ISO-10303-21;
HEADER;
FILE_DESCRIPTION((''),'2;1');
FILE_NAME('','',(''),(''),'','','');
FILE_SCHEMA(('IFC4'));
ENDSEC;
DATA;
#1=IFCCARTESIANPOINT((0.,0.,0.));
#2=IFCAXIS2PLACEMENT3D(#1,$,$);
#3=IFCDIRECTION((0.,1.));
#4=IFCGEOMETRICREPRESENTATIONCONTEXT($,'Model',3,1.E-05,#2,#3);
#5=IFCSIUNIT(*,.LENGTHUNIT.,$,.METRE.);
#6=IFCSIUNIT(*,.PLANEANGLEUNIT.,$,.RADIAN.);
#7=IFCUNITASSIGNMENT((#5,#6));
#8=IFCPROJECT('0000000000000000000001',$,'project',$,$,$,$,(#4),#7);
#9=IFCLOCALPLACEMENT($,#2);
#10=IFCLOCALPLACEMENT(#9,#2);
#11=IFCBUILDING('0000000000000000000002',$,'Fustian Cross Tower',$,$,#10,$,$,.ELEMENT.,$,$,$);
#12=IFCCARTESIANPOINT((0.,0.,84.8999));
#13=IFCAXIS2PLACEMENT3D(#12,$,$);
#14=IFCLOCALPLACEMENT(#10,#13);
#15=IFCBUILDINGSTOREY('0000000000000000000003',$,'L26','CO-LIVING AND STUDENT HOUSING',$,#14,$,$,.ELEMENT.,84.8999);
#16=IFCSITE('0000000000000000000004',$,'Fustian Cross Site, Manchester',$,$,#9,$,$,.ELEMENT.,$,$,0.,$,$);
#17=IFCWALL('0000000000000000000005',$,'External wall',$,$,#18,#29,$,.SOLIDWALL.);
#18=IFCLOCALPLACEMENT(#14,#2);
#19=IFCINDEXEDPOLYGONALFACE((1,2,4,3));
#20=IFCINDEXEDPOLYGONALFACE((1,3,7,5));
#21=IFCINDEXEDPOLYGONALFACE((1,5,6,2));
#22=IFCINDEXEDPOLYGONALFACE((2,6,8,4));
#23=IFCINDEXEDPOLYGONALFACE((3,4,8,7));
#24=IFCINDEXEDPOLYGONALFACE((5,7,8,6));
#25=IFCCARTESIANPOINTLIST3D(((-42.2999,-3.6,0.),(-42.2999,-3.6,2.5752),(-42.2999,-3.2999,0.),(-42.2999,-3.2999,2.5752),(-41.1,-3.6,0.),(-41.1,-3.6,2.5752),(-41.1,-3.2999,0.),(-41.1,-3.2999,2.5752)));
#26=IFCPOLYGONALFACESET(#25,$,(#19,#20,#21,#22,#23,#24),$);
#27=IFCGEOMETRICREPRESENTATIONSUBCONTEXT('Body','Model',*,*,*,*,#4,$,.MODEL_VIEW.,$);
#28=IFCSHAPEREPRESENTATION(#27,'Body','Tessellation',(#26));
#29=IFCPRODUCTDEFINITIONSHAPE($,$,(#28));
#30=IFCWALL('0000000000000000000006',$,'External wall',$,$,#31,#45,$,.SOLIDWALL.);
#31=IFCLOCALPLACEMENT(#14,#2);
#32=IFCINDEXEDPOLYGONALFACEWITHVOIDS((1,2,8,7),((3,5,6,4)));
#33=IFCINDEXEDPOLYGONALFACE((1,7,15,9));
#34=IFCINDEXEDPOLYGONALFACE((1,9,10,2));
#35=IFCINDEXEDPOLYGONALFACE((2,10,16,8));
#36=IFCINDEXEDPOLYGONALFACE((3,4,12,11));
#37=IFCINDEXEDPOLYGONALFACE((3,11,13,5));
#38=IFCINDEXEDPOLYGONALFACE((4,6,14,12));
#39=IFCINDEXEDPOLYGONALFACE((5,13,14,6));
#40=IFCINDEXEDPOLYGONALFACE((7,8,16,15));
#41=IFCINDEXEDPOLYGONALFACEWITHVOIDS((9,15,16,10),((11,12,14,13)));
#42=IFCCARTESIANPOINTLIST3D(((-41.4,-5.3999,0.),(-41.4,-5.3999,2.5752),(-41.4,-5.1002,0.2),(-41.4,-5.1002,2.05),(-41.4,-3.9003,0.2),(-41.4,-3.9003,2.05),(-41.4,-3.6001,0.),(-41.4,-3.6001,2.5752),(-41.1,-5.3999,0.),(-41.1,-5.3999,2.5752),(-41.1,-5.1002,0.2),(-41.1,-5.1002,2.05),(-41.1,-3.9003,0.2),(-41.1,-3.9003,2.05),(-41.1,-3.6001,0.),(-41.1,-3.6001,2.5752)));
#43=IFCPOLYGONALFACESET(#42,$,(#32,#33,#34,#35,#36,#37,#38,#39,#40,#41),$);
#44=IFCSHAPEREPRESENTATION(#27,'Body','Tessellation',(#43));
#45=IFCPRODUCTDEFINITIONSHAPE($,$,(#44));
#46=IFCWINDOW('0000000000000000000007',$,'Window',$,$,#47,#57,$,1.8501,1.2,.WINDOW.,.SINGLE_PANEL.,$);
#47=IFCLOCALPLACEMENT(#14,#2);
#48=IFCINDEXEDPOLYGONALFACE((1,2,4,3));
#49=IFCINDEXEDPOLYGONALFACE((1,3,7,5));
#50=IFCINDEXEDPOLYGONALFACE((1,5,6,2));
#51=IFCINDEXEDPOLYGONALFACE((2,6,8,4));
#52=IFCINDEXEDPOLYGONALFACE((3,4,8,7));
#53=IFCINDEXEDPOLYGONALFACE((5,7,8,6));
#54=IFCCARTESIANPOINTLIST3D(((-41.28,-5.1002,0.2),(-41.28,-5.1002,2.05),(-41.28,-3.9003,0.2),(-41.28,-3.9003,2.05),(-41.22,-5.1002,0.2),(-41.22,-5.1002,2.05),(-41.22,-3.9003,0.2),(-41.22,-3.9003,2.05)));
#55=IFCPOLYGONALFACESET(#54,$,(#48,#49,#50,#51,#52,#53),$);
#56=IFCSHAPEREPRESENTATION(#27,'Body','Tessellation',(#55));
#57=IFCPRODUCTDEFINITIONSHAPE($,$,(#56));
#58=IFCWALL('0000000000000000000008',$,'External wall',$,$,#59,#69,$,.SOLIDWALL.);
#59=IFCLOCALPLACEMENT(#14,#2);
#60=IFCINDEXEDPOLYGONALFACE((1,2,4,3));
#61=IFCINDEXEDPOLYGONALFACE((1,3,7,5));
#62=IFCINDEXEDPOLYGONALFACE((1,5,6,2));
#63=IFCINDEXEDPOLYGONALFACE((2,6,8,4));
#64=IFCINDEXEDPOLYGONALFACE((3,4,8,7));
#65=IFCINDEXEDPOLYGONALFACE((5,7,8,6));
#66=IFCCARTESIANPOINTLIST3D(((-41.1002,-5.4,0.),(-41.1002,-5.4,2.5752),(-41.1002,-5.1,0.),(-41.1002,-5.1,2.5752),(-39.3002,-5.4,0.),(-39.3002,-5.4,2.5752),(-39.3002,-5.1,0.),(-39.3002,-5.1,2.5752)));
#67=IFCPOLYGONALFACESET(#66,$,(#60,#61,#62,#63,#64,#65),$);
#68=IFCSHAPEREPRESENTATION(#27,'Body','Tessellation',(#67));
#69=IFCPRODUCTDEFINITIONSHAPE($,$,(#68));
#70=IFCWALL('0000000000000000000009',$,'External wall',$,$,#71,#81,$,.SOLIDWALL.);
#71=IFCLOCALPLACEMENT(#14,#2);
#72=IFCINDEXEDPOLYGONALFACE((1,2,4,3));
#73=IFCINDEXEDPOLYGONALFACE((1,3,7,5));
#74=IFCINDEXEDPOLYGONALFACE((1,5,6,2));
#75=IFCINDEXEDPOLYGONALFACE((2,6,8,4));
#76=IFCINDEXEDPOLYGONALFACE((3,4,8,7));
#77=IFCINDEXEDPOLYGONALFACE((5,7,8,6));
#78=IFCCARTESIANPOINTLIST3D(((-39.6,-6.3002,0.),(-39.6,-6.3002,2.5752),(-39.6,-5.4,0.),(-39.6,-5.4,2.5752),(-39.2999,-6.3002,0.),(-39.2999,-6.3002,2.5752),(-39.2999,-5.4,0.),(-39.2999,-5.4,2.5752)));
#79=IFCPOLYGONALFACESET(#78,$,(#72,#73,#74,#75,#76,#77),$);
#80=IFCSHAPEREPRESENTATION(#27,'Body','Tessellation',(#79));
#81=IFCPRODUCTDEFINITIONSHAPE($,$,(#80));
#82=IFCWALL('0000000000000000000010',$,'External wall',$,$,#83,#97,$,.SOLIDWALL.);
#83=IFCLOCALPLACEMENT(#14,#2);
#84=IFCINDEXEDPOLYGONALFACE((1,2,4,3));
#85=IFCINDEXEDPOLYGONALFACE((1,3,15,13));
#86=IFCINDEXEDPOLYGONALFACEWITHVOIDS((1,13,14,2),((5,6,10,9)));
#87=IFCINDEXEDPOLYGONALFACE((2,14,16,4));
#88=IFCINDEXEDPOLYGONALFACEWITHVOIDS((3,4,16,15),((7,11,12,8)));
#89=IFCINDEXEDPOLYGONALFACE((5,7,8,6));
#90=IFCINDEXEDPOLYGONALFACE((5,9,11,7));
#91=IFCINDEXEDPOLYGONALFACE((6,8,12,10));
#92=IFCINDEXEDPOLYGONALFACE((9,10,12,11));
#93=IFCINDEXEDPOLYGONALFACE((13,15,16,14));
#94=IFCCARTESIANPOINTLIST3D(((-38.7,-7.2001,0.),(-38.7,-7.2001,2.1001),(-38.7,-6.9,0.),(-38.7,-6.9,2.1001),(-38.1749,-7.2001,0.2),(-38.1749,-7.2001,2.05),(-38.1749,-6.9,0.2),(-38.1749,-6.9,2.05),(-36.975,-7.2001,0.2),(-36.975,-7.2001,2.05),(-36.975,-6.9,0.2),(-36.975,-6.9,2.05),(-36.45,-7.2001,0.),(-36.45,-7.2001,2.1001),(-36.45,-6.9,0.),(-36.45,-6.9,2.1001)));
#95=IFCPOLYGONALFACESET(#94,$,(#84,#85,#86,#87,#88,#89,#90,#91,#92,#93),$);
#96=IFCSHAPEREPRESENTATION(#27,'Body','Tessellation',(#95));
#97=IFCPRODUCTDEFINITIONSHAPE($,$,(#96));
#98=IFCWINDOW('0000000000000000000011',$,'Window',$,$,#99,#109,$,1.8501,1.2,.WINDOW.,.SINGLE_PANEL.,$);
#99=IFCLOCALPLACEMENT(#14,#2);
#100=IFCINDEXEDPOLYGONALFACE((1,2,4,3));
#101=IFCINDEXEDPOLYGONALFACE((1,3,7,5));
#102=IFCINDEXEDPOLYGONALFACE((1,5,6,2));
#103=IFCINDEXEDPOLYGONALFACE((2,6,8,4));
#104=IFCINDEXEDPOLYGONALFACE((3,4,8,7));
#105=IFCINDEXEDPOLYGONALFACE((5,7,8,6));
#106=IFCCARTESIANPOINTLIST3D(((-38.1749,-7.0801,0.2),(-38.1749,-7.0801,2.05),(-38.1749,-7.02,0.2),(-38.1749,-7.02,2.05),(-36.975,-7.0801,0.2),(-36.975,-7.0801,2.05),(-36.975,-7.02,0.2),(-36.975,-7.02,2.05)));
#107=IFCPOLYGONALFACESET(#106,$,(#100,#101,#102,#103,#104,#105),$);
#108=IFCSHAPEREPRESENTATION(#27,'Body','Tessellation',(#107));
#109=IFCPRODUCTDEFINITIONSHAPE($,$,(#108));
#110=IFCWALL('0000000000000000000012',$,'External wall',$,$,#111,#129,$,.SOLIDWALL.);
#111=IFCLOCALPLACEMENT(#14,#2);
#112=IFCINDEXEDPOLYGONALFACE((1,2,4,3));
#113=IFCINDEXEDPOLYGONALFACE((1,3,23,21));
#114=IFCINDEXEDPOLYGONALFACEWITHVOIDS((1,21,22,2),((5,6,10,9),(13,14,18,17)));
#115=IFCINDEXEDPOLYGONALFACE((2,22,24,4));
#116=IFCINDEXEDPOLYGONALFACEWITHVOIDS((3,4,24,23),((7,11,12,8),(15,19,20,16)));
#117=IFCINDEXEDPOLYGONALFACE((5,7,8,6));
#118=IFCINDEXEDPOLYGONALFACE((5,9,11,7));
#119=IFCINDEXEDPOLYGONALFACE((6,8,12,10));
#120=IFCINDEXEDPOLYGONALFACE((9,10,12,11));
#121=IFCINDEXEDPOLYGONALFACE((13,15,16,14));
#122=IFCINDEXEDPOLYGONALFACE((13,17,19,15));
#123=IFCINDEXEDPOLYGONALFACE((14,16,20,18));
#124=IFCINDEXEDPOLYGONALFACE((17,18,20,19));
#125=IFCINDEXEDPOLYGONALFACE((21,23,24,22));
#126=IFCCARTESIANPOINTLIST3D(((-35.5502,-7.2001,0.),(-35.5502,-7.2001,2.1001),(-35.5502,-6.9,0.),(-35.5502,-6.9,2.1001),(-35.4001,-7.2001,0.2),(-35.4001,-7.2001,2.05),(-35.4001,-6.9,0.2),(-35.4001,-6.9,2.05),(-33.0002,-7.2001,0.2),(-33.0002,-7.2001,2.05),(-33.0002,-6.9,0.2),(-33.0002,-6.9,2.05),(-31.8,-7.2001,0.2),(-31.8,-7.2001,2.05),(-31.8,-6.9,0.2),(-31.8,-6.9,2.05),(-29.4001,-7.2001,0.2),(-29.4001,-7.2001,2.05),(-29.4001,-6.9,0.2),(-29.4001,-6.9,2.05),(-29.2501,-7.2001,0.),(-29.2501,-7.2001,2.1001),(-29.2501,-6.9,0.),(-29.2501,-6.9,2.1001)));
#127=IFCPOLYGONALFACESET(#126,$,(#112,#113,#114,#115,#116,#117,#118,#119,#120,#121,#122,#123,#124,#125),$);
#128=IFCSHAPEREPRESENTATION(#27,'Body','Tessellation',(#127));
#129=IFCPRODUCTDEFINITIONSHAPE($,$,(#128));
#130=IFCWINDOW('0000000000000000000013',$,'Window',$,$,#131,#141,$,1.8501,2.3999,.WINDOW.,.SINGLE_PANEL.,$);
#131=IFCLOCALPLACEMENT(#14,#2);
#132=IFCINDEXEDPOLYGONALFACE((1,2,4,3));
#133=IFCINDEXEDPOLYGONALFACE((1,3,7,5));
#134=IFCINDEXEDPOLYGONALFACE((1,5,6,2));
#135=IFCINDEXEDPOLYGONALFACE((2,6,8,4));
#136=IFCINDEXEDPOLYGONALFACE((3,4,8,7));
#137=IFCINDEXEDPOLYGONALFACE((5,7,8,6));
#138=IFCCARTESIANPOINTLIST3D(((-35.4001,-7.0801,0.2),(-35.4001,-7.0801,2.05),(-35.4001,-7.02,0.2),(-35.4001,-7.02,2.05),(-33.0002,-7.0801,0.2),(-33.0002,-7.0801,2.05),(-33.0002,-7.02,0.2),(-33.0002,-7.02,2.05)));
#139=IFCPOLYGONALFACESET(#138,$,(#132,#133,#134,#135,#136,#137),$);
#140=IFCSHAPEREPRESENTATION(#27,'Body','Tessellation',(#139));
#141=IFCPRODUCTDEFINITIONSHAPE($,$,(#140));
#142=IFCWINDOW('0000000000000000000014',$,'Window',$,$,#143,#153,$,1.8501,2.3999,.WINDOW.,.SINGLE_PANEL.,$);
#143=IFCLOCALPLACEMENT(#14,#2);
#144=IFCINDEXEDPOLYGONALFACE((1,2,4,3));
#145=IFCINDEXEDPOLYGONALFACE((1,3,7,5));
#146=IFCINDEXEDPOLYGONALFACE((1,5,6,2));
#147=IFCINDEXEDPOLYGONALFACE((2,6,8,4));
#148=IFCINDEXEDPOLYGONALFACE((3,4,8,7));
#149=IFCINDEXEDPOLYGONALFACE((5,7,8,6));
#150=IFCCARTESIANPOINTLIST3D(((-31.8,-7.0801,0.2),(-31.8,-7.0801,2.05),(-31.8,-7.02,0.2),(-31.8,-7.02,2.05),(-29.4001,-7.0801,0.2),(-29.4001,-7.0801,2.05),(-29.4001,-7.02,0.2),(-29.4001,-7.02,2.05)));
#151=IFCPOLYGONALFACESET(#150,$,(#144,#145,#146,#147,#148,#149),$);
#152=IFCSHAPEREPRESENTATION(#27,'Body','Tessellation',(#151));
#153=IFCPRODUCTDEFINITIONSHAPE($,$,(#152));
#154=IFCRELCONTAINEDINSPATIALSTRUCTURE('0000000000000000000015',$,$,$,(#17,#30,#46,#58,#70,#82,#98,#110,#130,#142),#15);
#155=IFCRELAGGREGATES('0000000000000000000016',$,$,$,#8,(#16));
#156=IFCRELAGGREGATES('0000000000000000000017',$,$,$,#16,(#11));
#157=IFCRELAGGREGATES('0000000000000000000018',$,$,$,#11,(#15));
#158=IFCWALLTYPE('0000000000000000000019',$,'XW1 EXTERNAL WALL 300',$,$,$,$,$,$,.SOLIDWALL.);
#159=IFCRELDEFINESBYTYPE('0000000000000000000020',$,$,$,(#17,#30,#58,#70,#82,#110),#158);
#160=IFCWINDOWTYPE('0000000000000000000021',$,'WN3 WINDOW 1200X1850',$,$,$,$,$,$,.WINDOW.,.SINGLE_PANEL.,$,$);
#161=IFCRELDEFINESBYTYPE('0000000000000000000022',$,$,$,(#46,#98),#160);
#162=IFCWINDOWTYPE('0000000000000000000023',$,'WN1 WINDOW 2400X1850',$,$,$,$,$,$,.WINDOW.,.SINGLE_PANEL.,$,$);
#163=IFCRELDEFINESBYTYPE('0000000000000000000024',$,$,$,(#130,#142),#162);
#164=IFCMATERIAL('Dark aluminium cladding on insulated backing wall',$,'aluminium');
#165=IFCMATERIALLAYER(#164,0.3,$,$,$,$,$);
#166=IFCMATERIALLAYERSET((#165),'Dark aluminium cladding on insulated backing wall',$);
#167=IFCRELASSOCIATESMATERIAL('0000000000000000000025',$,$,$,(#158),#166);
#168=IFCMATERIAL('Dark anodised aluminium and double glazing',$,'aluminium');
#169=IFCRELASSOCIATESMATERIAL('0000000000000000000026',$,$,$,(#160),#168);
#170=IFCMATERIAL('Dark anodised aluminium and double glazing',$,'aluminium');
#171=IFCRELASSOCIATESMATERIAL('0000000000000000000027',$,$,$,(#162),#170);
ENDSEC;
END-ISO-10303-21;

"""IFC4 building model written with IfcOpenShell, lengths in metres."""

from ifc_helpers import new_model, si_unit, direction, frame, frame_2d, origin, place, context, subcontext, project, spatial, rectangle, extrude, material, layer, layer_set, type_object, element, fill, save


model = new_model("IFC4")

# Units and contexts
model_context = context("Model", 3, precision=1e-05, world=origin(), true_north=direction((0.0, 1.0)))
body_context = subcontext(model_context, "Body", "Model", "MODEL_VIEW")
ifc_project = project(units=[si_unit("LENGTHUNIT", "METRE"), si_unit("PLANEANGLEUNIT", "RADIAN")], contexts=[model_context])

# Site, building, storey
site_placement = place(None, origin())
site = spatial("IfcSite", under=ifc_project, at=site_placement, Name="Fustian Cross Site, Manchester", CompositionType="ELEMENT", RefElevation=0.0)
building_placement = place(site_placement, origin())
building = spatial("IfcBuilding", under=site, at=building_placement, Name="Fustian Cross Tower", CompositionType="ELEMENT")
storey_placement = place(building_placement, frame((0.0, 0.0, 84.8999)))
storey = spatial("IfcBuildingStorey", under=building, at=storey_placement, Name="L26", Description="CO-LIVING AND STUDENT HOUSING", CompositionType="ELEMENT", Elevation=84.8999)

# Wall
ifc_material_1 = material(Name="Dark aluminium cladding on insulated backing wall", Category="aluminium")
ifc_layer_1 = layer(ifc_material_1, 0.3)
ifc_layer_set_1 = layer_set([ifc_layer_1], Name="Dark aluminium cladding on insulated backing wall")
wall_type_1 = type_object("IfcWallType", Name="XW1 EXTERNAL WALL 300", PredefinedType="SOLIDWALL", material=ifc_layer_set_1)
wall_1_placement = place(storey_placement, frame((-42.3, -3.45, 0.0), z_axis=(0.0, 0.0, 1.0), x_axis=(1.0, 0.0, 0.0)))
element("IfcWall", 1, at=wall_1_placement, inside=storey, type_object=wall_type_1, Name="External wall", PredefinedType="SOLIDWALL", context=body_context, shape_type="SweptSolid", body=[
    extrude(rectangle(XDim=1.2, YDim=0.3, at=frame_2d((0.6001, 0.0))), origin(), (0.0, 0.0, 1.0), 2.5752),
])

# Wall, opening, window
wall_2_placement = place(storey_placement, frame((-41.25, -3.6001, 0.0), z_axis=(0.0, 0.0, 1.0), x_axis=(0.0, -1.0, 0.0)))
wall_2 = element("IfcWall", 2, at=wall_2_placement, inside=storey, type_object=wall_type_1, Name="External wall", PredefinedType="SOLIDWALL", context=body_context, shape_type="SweptSolid", body=[
    extrude(rectangle(XDim=1.7998, YDim=0.3, at=frame_2d((0.8999, 0.0))), origin(), (0.0, 0.0, 1.0), 2.5752),
])
opening_1_placement = place(wall_2_placement, frame((0.3, 0.0, 0.2)))
opening_1 = element("IfcOpeningElement", 3, at=opening_1_placement, cuts=wall_2, PredefinedType="OPENING", context=body_context, shape_type="SweptSolid", body=[
    extrude(rectangle(XDim=1.2, YDim=1.8501, at=frame_2d((0.6001, 0.925))), frame((0.0, 0.1599, 0.0), z_axis=(0.0, -1.0, 0.0), x_axis=(1.0, 0.0, 0.0)), (0.0, 0.0, 1.0), 0.3201),
])
ifc_material_2 = material(Name="Dark anodised aluminium and double glazing", Category="aluminium")
window_type_1 = type_object("IfcWindowType", Name="WN3 WINDOW 1200X1850", PartitioningType="SINGLE_PANEL", PredefinedType="WINDOW", material=ifc_material_2)
window_1_placement = place(opening_1_placement, origin())
window_1 = element("IfcWindow", 4, at=window_1_placement, inside=storey, type_object=window_type_1, Name="Window", OverallHeight=1.8501, OverallWidth=1.2, PartitioningType="SINGLE_PANEL", PredefinedType="WINDOW", context=body_context, shape_type="SweptSolid", body=[
    extrude(rectangle(XDim=1.2, YDim=1.8501, at=frame_2d((0.6001, 0.925))), frame((0.0, 0.03, 0.0), z_axis=(0.0, -1.0, 0.0), x_axis=(1.0, 0.0, 0.0)), (0.0, 0.0, 1.0), 0.0601),
])
fill(opening_1, window_1)

# Walls
wall_3_placement = place(storey_placement, frame((-41.1001, -5.25, 0.0), z_axis=(0.0, 0.0, 1.0), x_axis=(1.0, 0.0, 0.0)))
element("IfcWall", 5, at=wall_3_placement, inside=storey, type_object=wall_type_1, Name="External wall", PredefinedType="SOLIDWALL", context=body_context, shape_type="SweptSolid", body=[
    extrude(rectangle(XDim=1.8, YDim=0.3, at=frame_2d((0.8999, 0.0))), origin(), (0.0, 0.0, 1.0), 2.5752),
])
wall_4_placement = place(storey_placement, frame((-39.45, -5.3999, 0.0), z_axis=(0.0, 0.0, 1.0), x_axis=(0.0, -1.0, 0.0)))
element("IfcWall", 6, at=wall_4_placement, inside=storey, type_object=wall_type_1, Name="External wall", PredefinedType="SOLIDWALL", context=body_context, shape_type="SweptSolid", body=[
    extrude(rectangle(XDim=0.9001, YDim=0.3, at=frame_2d((0.4502, 0.0))), origin(), (0.0, 0.0, 1.0), 2.5752),
])

# Wall, opening, window
wall_5_placement = place(storey_placement, frame((-38.7, -7.05, 0.0), z_axis=(0.0, 0.0, 1.0), x_axis=(1.0, 0.0, 0.0)))
wall_5 = element("IfcWall", 7, at=wall_5_placement, inside=storey, type_object=wall_type_1, Name="External wall", PredefinedType="SOLIDWALL", context=body_context, shape_type="SweptSolid", body=[
    extrude(rectangle(XDim=2.25, YDim=0.3, at=frame_2d((1.125, 0.0))), origin(), (0.0, 0.0, 1.0), 2.1001),
])
opening_2_placement = place(wall_5_placement, frame((0.5249, 0.0, 0.2)))
opening_2 = element("IfcOpeningElement", 8, at=opening_2_placement, cuts=wall_5, PredefinedType="OPENING", context=body_context, shape_type="SweptSolid", body=[
    extrude(rectangle(XDim=1.2, YDim=1.8501, at=frame_2d((0.6001, 0.925))), frame((0.0, 0.1599, 0.0), z_axis=(0.0, -1.0, 0.0), x_axis=(1.0, 0.0, 0.0)), (0.0, 0.0, 1.0), 0.3201),
])
window_2_placement = place(opening_2_placement, origin())
window_2 = element("IfcWindow", 9, at=window_2_placement, inside=storey, type_object=window_type_1, Name="Window", OverallHeight=1.8501, OverallWidth=1.2, PartitioningType="SINGLE_PANEL", PredefinedType="WINDOW", context=body_context, shape_type="SweptSolid", body=[
    extrude(rectangle(XDim=1.2, YDim=1.8501, at=frame_2d((0.6001, 0.925))), frame((0.0, 0.03, 0.0), z_axis=(0.0, -1.0, 0.0), x_axis=(1.0, 0.0, 0.0)), (0.0, 0.0, 1.0), 0.0601),
])
fill(opening_2, window_2)

# Wall, openings, windows
wall_6_placement = place(storey_placement, frame((-35.55, -7.05, 0.0), z_axis=(0.0, 0.0, 1.0), x_axis=(1.0, 0.0, 0.0)))
wall_6 = element("IfcWall", 10, at=wall_6_placement, inside=storey, type_object=wall_type_1, Name="External wall", PredefinedType="SOLIDWALL", context=body_context, shape_type="SweptSolid", body=[
    extrude(rectangle(XDim=6.3, YDim=0.3, at=frame_2d((3.1499, 0.0))), origin(), (0.0, 0.0, 1.0), 2.1001),
])
opening_3_placement = place(wall_6_placement, frame((0.1499, 0.0, 0.2)))
opening_3 = element("IfcOpeningElement", 11, at=opening_3_placement, cuts=wall_6, PredefinedType="OPENING", context=body_context, shape_type="SweptSolid", body=[
    extrude(rectangle(XDim=2.3999, YDim=1.8501, at=frame_2d((1.2, 0.925))), frame((0.0, 0.1599, 0.0), z_axis=(0.0, -1.0, 0.0), x_axis=(1.0, 0.0, 0.0)), (0.0, 0.0, 1.0), 0.3201),
])
opening_4_placement = place(wall_6_placement, frame((3.75, 0.0, 0.2)))
opening_4 = element("IfcOpeningElement", 12, at=opening_4_placement, cuts=wall_6, PredefinedType="OPENING", context=body_context, shape_type="SweptSolid", body=[
    extrude(rectangle(XDim=2.3999, YDim=1.8501, at=frame_2d((1.2, 0.925))), frame((0.0, 0.1599, 0.0), z_axis=(0.0, -1.0, 0.0), x_axis=(1.0, 0.0, 0.0)), (0.0, 0.0, 1.0), 0.3201),
])
ifc_material_3 = material(Name="Dark anodised aluminium and double glazing", Category="aluminium")
window_type_2 = type_object("IfcWindowType", Name="WN1 WINDOW 2400X1850", PartitioningType="SINGLE_PANEL", PredefinedType="WINDOW", material=ifc_material_3)
window_3_placement = place(opening_3_placement, origin())
window_3 = element("IfcWindow", 13, at=window_3_placement, inside=storey, type_object=window_type_2, Name="Window", OverallHeight=1.8501, OverallWidth=2.3999, PartitioningType="SINGLE_PANEL", PredefinedType="WINDOW", context=body_context, shape_type="SweptSolid", body=[
    extrude(rectangle(XDim=2.3999, YDim=1.8501, at=frame_2d((1.2, 0.925))), frame((0.0, 0.03, 0.0), z_axis=(0.0, -1.0, 0.0), x_axis=(1.0, 0.0, 0.0)), (0.0, 0.0, 1.0), 0.0601),
])
fill(opening_3, window_3)
window_4_placement = place(opening_4_placement, origin())
window_4 = element("IfcWindow", 14, at=window_4_placement, inside=storey, type_object=window_type_2, Name="Window", OverallHeight=1.8501, OverallWidth=2.3999, PartitioningType="SINGLE_PANEL", PredefinedType="WINDOW", context=body_context, shape_type="SweptSolid", body=[
    extrude(rectangle(XDim=2.3999, YDim=1.8501, at=frame_2d((1.2, 0.925))), frame((0.0, 0.03, 0.0), z_axis=(0.0, -1.0, 0.0), x_axis=(1.0, 0.0, 0.0)), (0.0, 0.0, 1.0), 0.0601),
])
fill(opening_4, window_4)

save(model, "model.ifc")
